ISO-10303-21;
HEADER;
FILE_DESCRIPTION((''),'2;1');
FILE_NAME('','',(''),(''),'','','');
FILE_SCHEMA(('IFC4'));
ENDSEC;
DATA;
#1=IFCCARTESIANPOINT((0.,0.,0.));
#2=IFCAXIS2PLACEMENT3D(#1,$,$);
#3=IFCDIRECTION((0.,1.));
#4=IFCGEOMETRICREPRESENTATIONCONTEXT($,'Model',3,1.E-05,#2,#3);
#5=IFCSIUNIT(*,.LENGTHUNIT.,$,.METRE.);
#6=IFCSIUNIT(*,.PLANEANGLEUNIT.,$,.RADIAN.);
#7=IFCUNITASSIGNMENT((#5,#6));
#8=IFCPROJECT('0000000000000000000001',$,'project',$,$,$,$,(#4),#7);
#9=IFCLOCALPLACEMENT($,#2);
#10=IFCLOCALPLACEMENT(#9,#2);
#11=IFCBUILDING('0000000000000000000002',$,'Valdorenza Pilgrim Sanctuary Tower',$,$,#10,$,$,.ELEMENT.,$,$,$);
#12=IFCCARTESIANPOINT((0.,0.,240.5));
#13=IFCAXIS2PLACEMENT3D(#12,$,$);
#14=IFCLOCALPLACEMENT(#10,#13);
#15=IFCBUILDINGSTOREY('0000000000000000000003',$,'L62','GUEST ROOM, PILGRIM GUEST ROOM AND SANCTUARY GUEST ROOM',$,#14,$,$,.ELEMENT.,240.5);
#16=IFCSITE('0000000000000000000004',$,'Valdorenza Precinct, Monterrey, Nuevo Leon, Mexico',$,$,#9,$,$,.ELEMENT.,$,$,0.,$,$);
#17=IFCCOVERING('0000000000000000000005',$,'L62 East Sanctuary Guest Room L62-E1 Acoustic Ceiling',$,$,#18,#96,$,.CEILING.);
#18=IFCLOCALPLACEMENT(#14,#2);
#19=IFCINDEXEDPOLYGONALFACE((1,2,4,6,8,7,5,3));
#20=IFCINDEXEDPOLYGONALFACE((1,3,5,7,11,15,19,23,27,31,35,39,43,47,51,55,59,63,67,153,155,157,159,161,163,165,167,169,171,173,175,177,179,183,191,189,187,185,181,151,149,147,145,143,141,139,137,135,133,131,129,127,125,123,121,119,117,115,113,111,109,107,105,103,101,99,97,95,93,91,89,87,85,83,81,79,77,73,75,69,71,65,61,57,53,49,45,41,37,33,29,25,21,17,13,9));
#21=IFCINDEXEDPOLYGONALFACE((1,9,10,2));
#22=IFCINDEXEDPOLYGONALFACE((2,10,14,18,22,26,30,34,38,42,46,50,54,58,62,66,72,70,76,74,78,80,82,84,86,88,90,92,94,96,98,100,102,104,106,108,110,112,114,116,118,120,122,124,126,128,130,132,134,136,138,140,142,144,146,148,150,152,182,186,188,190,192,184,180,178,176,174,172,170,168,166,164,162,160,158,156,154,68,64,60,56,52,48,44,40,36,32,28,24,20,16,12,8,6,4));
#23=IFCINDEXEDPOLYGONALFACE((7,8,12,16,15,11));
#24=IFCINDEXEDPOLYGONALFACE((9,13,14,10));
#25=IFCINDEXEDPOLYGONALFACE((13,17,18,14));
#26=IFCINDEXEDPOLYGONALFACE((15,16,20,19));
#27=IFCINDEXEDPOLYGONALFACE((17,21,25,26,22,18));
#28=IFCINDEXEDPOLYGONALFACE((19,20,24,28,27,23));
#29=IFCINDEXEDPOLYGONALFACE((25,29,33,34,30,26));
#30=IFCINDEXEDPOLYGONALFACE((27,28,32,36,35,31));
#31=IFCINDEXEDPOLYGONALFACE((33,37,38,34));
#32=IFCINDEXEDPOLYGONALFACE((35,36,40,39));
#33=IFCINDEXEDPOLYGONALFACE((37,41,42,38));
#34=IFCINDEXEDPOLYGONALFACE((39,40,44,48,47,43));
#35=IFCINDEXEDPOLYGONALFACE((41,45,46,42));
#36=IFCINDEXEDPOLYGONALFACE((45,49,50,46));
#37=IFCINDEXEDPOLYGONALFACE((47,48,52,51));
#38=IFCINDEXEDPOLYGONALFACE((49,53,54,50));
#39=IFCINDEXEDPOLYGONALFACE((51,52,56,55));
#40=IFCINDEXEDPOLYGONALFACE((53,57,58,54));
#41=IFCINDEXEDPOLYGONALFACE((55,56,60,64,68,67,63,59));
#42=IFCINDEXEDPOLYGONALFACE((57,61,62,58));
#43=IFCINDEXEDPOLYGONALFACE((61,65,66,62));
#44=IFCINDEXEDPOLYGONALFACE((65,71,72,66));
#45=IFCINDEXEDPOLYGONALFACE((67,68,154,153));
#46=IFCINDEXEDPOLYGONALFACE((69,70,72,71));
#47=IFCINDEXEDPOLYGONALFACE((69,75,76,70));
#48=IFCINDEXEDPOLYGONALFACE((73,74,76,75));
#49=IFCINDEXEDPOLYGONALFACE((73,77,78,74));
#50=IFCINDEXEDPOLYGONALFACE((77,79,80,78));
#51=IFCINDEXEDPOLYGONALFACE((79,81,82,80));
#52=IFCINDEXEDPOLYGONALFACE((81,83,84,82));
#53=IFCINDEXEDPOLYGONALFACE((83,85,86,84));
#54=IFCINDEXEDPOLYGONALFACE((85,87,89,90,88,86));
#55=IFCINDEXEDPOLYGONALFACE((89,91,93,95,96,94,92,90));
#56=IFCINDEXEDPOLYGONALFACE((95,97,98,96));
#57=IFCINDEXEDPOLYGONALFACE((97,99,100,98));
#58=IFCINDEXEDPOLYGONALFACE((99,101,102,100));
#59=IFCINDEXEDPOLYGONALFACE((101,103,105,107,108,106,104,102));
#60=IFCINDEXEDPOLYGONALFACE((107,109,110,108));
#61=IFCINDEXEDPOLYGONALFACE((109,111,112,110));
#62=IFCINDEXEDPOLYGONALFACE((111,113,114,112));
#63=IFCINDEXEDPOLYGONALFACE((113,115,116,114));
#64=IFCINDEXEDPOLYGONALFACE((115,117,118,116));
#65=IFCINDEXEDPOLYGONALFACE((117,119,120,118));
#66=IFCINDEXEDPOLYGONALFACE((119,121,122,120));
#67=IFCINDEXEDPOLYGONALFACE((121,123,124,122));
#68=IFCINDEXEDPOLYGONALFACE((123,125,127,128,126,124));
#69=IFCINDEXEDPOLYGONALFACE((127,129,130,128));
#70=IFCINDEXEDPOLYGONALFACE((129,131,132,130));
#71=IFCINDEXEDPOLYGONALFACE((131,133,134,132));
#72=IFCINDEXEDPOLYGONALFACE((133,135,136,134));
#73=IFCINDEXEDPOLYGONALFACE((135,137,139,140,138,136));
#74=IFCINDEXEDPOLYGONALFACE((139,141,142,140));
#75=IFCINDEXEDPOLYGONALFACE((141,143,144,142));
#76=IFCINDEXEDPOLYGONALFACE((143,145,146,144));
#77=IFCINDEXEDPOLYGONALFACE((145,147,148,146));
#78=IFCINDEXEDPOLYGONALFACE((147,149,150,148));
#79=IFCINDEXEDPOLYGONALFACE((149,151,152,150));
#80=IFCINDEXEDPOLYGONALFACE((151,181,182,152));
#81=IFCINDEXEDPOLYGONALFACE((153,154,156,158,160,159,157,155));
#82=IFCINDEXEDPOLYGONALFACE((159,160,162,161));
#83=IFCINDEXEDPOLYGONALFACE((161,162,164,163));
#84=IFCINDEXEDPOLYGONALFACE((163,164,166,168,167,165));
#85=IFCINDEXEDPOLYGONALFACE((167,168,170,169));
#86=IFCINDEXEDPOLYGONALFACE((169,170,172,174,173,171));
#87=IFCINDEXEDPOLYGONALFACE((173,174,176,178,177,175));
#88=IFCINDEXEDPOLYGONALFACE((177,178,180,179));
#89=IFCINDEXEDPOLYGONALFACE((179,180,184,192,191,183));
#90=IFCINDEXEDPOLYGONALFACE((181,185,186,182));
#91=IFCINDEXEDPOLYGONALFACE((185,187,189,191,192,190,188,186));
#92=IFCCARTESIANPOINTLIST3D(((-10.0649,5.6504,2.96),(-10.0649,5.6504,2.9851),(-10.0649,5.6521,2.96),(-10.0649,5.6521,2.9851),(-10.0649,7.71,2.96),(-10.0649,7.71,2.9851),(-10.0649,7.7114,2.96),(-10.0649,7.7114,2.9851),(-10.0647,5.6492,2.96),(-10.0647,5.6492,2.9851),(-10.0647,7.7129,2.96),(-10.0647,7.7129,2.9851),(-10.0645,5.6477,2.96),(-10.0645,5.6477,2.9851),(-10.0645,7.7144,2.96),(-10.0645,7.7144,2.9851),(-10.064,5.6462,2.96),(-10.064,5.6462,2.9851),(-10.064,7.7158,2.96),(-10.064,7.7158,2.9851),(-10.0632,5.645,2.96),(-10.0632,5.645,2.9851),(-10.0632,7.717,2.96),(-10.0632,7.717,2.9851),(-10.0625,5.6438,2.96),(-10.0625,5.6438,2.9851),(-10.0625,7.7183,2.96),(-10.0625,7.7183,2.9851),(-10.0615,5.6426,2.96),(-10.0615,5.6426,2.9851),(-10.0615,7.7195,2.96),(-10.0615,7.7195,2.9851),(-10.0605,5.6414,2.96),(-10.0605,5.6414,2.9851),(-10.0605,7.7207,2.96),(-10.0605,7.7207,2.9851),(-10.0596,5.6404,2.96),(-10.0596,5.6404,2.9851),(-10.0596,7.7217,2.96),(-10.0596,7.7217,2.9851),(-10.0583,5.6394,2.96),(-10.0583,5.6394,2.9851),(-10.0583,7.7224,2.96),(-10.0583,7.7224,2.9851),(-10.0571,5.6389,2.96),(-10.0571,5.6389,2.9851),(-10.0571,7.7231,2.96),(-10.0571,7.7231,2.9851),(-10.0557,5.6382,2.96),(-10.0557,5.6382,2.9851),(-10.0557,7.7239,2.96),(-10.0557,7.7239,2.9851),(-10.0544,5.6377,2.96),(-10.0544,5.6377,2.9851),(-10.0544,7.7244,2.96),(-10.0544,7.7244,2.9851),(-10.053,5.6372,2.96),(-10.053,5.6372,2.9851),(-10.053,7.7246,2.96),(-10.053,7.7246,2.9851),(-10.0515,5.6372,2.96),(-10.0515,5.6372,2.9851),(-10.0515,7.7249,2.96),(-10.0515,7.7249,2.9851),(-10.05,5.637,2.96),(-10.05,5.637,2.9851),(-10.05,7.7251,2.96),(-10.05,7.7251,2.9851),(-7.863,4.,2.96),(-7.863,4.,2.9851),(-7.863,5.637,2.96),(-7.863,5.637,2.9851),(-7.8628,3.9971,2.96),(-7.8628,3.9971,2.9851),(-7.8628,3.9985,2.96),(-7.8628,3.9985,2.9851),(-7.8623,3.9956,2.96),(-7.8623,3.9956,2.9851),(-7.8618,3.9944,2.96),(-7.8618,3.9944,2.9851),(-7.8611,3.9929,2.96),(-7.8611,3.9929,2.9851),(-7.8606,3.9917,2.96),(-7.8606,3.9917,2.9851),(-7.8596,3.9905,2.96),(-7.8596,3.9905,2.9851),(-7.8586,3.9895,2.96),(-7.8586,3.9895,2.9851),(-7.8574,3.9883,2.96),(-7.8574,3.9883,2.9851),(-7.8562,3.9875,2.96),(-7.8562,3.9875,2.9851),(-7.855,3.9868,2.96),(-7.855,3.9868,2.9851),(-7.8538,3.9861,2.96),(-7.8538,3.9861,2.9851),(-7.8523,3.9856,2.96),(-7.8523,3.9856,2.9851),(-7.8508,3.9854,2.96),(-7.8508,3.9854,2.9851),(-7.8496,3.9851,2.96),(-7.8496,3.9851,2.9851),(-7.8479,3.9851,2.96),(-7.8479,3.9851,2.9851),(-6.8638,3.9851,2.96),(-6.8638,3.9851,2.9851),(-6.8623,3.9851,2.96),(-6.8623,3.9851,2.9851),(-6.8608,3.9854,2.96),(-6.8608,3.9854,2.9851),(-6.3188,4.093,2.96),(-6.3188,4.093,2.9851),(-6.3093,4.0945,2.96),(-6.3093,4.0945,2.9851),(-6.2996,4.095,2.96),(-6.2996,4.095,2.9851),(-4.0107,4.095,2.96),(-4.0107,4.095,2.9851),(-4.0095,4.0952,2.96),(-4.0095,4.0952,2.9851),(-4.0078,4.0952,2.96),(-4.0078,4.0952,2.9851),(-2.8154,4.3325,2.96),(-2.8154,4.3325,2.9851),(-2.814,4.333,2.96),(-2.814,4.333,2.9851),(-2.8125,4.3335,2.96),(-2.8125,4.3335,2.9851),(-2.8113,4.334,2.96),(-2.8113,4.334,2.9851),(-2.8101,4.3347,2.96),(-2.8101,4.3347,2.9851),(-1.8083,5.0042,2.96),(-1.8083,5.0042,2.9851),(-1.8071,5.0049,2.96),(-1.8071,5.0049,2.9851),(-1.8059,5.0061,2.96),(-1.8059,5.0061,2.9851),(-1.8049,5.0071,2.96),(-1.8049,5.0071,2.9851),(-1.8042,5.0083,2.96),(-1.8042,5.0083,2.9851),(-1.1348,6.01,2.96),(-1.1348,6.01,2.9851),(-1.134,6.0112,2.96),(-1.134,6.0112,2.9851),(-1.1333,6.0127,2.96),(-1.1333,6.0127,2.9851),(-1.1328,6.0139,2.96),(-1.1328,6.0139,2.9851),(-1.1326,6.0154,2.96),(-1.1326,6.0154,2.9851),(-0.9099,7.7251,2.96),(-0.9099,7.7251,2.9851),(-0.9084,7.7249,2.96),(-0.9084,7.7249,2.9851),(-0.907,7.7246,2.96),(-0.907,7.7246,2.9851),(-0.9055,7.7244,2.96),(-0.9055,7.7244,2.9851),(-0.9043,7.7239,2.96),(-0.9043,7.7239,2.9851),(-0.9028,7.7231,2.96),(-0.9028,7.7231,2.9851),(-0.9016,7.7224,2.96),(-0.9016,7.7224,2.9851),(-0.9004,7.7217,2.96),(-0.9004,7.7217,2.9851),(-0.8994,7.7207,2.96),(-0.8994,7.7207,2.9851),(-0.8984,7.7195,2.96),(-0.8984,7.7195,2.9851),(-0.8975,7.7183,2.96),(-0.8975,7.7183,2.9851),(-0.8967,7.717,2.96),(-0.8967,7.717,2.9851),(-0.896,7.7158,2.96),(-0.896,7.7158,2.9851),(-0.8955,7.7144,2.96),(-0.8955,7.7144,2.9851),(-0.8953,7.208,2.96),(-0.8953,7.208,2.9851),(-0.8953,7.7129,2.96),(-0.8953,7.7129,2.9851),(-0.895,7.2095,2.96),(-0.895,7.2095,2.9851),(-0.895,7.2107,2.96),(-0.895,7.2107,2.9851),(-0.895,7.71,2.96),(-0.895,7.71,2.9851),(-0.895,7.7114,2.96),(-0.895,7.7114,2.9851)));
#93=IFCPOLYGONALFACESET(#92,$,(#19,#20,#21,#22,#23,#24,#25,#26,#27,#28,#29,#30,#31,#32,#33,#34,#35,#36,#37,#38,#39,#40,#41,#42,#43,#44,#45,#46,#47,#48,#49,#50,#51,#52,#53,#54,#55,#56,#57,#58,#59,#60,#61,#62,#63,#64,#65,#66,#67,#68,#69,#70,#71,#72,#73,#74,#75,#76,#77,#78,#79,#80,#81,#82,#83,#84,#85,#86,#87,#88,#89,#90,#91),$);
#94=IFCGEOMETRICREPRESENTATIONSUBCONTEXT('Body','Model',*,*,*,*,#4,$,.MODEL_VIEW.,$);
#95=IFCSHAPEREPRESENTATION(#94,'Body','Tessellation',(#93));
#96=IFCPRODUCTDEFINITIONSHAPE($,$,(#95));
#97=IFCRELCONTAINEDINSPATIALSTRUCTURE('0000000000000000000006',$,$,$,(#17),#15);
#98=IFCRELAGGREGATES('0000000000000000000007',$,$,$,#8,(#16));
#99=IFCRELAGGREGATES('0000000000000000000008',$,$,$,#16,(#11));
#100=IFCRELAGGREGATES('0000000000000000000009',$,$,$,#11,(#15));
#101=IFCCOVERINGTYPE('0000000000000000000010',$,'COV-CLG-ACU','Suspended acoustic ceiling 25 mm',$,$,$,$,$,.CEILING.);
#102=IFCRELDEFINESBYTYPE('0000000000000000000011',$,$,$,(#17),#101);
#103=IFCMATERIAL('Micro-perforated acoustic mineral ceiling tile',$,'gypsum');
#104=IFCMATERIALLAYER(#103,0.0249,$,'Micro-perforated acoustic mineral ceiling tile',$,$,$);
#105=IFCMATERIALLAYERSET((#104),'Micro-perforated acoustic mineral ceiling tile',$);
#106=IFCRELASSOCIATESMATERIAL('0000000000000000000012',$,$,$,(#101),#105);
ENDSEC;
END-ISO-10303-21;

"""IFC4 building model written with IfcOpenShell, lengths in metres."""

from ifc_helpers import new_model, si_unit, direction, frame, origin, place, context, subcontext, project, spatial, polyline, outline, extrude, material, layer, layer_set, type_object, element, save


model = new_model("IFC4")

# Units and contexts
model_context = context("Model", 3, precision=1e-05, world=origin(), true_north=direction((0.0, 1.0)))
body_context = subcontext(model_context, "Body", "Model", "MODEL_VIEW")
ifc_project = project(units=[si_unit("LENGTHUNIT", "METRE"), si_unit("PLANEANGLEUNIT", "RADIAN")], contexts=[model_context])

# Site, building, storey
site_placement = place(None, origin())
site = spatial("IfcSite", under=ifc_project, at=site_placement, Name="Valdorenza Precinct, Monterrey, Nuevo Leon, Mexico", CompositionType="ELEMENT", RefElevation=0.0)
building_placement = place(site_placement, origin())
building = spatial("IfcBuilding", under=site, at=building_placement, Name="Valdorenza Pilgrim Sanctuary Tower", CompositionType="ELEMENT")
storey_placement = place(building_placement, frame((0.0, 0.0, 240.5)))
storey = spatial("IfcBuildingStorey", under=building, at=storey_placement, Name="L62", Description="GUEST ROOM, PILGRIM GUEST ROOM AND SANCTUARY GUEST ROOM", CompositionType="ELEMENT", Elevation=240.5)

# Covering
ifc_material_1 = material(Name="Micro-perforated acoustic mineral ceiling tile", Category="gypsum")
ifc_layer_1 = layer(ifc_material_1, 0.0249, Name="Micro-perforated acoustic mineral ceiling tile")
ifc_layer_set_1 = layer_set([ifc_layer_1], Name="Micro-perforated acoustic mineral ceiling tile")
covering_type_1 = type_object("IfcCoveringType", Name="COV-CLG-ACU", Description="Suspended acoustic ceiling 25 mm", PredefinedType="CEILING", material=ifc_layer_set_1)
covering_1_placement = place(storey_placement, frame((0.0, 0.0, 2.96)))
element("IfcCovering", 1, at=covering_1_placement, inside=storey, type_object=covering_type_1, Name="L62 East Sanctuary Guest Room L62-E1 Acoustic Ceiling", PredefinedType="CEILING", context=body_context, shape_type="SweptSolid", body=[
    extrude(outline(polyline([(-7.863, 5.637), (-10.05, 5.637), (-10.0515, 5.6372), (-10.053, 5.6372), (-10.0544, 5.6377), (-10.0557, 5.6382), (-10.0571, 5.6389), (-10.0583, 5.6394), (-10.0596, 5.6404), (-10.0605, 5.6414), (-10.0615, 5.6426), (-10.0625, 5.6438), (-10.0632, 5.645), (-10.064, 5.6462), (-10.0645, 5.6477), (-10.0647, 5.6492), (-10.0649, 5.6504), (-10.0649, 5.6521), (-10.0649, 7.71), (-10.0649, 7.7114), (-10.0647, 7.7129), (-10.0645, 7.7144), (-10.064, 7.7158), (-10.0632, 7.717), (-10.0625, 7.7183), (-10.0615, 7.7195), (-10.0605, 7.7207), (-10.0596, 7.7217), (-10.0583, 7.7224), (-10.0571, 7.7231), (-10.0557, 7.7239), (-10.0544, 7.7244), (-10.053, 7.7246), (-10.0515, 7.7249), (-10.05, 7.7251), (-0.9099, 7.7251), (-0.9084, 7.7249), (-0.907, 7.7246), (-0.9055, 7.7244), (-0.9043, 7.7239), (-0.9028, 7.7231), (-0.9016, 7.7224), (-0.9004, 7.7217), (-0.8994, 7.7207), (-0.8984, 7.7195), (-0.8975, 7.7183), (-0.8967, 7.717), (-0.896, 7.7158), (-0.8955, 7.7144), (-0.8953, 7.7129), (-0.895, 7.7114), (-0.895, 7.71), (-0.895, 7.2107), (-0.895, 7.2095), (-0.8953, 7.208), (-1.1326, 6.0154), (-1.1328, 6.0139), (-1.1333, 6.0127), (-1.134, 6.0112), (-1.1348, 6.01), (-1.8042, 5.0083), (-1.8049, 5.0071), (-1.8059, 5.0061), (-1.8071, 5.0049), (-1.8083, 5.0042), (-2.8101, 4.3347), (-2.8113, 4.334), (-2.8125, 4.3335), (-2.814, 4.333), (-2.8154, 4.3325), (-4.0078, 4.0952), (-4.0095, 4.0952), (-4.0107, 4.095), (-6.2996, 4.095), (-6.3093, 4.0945), (-6.3188, 4.093), (-6.8608, 3.9854), (-6.8623, 3.9851), (-6.8638, 3.9851), (-7.8479, 3.9851), (-7.8496, 3.9851), (-7.8508, 3.9854), (-7.8523, 3.9856), (-7.8538, 3.9861), (-7.855, 3.9868), (-7.8562, 3.9875), (-7.8574, 3.9883), (-7.8586, 3.9895), (-7.8596, 3.9905), (-7.8606, 3.9917), (-7.8611, 3.9929), (-7.8618, 3.9944), (-7.8623, 3.9956), (-7.8628, 3.9971), (-7.8628, 3.9985), (-7.863, 4.0), (-7.863, 5.637)])), origin(), (0.0, 0.0, 1.0), 0.0251),
])

save(model, "model.ifc")
